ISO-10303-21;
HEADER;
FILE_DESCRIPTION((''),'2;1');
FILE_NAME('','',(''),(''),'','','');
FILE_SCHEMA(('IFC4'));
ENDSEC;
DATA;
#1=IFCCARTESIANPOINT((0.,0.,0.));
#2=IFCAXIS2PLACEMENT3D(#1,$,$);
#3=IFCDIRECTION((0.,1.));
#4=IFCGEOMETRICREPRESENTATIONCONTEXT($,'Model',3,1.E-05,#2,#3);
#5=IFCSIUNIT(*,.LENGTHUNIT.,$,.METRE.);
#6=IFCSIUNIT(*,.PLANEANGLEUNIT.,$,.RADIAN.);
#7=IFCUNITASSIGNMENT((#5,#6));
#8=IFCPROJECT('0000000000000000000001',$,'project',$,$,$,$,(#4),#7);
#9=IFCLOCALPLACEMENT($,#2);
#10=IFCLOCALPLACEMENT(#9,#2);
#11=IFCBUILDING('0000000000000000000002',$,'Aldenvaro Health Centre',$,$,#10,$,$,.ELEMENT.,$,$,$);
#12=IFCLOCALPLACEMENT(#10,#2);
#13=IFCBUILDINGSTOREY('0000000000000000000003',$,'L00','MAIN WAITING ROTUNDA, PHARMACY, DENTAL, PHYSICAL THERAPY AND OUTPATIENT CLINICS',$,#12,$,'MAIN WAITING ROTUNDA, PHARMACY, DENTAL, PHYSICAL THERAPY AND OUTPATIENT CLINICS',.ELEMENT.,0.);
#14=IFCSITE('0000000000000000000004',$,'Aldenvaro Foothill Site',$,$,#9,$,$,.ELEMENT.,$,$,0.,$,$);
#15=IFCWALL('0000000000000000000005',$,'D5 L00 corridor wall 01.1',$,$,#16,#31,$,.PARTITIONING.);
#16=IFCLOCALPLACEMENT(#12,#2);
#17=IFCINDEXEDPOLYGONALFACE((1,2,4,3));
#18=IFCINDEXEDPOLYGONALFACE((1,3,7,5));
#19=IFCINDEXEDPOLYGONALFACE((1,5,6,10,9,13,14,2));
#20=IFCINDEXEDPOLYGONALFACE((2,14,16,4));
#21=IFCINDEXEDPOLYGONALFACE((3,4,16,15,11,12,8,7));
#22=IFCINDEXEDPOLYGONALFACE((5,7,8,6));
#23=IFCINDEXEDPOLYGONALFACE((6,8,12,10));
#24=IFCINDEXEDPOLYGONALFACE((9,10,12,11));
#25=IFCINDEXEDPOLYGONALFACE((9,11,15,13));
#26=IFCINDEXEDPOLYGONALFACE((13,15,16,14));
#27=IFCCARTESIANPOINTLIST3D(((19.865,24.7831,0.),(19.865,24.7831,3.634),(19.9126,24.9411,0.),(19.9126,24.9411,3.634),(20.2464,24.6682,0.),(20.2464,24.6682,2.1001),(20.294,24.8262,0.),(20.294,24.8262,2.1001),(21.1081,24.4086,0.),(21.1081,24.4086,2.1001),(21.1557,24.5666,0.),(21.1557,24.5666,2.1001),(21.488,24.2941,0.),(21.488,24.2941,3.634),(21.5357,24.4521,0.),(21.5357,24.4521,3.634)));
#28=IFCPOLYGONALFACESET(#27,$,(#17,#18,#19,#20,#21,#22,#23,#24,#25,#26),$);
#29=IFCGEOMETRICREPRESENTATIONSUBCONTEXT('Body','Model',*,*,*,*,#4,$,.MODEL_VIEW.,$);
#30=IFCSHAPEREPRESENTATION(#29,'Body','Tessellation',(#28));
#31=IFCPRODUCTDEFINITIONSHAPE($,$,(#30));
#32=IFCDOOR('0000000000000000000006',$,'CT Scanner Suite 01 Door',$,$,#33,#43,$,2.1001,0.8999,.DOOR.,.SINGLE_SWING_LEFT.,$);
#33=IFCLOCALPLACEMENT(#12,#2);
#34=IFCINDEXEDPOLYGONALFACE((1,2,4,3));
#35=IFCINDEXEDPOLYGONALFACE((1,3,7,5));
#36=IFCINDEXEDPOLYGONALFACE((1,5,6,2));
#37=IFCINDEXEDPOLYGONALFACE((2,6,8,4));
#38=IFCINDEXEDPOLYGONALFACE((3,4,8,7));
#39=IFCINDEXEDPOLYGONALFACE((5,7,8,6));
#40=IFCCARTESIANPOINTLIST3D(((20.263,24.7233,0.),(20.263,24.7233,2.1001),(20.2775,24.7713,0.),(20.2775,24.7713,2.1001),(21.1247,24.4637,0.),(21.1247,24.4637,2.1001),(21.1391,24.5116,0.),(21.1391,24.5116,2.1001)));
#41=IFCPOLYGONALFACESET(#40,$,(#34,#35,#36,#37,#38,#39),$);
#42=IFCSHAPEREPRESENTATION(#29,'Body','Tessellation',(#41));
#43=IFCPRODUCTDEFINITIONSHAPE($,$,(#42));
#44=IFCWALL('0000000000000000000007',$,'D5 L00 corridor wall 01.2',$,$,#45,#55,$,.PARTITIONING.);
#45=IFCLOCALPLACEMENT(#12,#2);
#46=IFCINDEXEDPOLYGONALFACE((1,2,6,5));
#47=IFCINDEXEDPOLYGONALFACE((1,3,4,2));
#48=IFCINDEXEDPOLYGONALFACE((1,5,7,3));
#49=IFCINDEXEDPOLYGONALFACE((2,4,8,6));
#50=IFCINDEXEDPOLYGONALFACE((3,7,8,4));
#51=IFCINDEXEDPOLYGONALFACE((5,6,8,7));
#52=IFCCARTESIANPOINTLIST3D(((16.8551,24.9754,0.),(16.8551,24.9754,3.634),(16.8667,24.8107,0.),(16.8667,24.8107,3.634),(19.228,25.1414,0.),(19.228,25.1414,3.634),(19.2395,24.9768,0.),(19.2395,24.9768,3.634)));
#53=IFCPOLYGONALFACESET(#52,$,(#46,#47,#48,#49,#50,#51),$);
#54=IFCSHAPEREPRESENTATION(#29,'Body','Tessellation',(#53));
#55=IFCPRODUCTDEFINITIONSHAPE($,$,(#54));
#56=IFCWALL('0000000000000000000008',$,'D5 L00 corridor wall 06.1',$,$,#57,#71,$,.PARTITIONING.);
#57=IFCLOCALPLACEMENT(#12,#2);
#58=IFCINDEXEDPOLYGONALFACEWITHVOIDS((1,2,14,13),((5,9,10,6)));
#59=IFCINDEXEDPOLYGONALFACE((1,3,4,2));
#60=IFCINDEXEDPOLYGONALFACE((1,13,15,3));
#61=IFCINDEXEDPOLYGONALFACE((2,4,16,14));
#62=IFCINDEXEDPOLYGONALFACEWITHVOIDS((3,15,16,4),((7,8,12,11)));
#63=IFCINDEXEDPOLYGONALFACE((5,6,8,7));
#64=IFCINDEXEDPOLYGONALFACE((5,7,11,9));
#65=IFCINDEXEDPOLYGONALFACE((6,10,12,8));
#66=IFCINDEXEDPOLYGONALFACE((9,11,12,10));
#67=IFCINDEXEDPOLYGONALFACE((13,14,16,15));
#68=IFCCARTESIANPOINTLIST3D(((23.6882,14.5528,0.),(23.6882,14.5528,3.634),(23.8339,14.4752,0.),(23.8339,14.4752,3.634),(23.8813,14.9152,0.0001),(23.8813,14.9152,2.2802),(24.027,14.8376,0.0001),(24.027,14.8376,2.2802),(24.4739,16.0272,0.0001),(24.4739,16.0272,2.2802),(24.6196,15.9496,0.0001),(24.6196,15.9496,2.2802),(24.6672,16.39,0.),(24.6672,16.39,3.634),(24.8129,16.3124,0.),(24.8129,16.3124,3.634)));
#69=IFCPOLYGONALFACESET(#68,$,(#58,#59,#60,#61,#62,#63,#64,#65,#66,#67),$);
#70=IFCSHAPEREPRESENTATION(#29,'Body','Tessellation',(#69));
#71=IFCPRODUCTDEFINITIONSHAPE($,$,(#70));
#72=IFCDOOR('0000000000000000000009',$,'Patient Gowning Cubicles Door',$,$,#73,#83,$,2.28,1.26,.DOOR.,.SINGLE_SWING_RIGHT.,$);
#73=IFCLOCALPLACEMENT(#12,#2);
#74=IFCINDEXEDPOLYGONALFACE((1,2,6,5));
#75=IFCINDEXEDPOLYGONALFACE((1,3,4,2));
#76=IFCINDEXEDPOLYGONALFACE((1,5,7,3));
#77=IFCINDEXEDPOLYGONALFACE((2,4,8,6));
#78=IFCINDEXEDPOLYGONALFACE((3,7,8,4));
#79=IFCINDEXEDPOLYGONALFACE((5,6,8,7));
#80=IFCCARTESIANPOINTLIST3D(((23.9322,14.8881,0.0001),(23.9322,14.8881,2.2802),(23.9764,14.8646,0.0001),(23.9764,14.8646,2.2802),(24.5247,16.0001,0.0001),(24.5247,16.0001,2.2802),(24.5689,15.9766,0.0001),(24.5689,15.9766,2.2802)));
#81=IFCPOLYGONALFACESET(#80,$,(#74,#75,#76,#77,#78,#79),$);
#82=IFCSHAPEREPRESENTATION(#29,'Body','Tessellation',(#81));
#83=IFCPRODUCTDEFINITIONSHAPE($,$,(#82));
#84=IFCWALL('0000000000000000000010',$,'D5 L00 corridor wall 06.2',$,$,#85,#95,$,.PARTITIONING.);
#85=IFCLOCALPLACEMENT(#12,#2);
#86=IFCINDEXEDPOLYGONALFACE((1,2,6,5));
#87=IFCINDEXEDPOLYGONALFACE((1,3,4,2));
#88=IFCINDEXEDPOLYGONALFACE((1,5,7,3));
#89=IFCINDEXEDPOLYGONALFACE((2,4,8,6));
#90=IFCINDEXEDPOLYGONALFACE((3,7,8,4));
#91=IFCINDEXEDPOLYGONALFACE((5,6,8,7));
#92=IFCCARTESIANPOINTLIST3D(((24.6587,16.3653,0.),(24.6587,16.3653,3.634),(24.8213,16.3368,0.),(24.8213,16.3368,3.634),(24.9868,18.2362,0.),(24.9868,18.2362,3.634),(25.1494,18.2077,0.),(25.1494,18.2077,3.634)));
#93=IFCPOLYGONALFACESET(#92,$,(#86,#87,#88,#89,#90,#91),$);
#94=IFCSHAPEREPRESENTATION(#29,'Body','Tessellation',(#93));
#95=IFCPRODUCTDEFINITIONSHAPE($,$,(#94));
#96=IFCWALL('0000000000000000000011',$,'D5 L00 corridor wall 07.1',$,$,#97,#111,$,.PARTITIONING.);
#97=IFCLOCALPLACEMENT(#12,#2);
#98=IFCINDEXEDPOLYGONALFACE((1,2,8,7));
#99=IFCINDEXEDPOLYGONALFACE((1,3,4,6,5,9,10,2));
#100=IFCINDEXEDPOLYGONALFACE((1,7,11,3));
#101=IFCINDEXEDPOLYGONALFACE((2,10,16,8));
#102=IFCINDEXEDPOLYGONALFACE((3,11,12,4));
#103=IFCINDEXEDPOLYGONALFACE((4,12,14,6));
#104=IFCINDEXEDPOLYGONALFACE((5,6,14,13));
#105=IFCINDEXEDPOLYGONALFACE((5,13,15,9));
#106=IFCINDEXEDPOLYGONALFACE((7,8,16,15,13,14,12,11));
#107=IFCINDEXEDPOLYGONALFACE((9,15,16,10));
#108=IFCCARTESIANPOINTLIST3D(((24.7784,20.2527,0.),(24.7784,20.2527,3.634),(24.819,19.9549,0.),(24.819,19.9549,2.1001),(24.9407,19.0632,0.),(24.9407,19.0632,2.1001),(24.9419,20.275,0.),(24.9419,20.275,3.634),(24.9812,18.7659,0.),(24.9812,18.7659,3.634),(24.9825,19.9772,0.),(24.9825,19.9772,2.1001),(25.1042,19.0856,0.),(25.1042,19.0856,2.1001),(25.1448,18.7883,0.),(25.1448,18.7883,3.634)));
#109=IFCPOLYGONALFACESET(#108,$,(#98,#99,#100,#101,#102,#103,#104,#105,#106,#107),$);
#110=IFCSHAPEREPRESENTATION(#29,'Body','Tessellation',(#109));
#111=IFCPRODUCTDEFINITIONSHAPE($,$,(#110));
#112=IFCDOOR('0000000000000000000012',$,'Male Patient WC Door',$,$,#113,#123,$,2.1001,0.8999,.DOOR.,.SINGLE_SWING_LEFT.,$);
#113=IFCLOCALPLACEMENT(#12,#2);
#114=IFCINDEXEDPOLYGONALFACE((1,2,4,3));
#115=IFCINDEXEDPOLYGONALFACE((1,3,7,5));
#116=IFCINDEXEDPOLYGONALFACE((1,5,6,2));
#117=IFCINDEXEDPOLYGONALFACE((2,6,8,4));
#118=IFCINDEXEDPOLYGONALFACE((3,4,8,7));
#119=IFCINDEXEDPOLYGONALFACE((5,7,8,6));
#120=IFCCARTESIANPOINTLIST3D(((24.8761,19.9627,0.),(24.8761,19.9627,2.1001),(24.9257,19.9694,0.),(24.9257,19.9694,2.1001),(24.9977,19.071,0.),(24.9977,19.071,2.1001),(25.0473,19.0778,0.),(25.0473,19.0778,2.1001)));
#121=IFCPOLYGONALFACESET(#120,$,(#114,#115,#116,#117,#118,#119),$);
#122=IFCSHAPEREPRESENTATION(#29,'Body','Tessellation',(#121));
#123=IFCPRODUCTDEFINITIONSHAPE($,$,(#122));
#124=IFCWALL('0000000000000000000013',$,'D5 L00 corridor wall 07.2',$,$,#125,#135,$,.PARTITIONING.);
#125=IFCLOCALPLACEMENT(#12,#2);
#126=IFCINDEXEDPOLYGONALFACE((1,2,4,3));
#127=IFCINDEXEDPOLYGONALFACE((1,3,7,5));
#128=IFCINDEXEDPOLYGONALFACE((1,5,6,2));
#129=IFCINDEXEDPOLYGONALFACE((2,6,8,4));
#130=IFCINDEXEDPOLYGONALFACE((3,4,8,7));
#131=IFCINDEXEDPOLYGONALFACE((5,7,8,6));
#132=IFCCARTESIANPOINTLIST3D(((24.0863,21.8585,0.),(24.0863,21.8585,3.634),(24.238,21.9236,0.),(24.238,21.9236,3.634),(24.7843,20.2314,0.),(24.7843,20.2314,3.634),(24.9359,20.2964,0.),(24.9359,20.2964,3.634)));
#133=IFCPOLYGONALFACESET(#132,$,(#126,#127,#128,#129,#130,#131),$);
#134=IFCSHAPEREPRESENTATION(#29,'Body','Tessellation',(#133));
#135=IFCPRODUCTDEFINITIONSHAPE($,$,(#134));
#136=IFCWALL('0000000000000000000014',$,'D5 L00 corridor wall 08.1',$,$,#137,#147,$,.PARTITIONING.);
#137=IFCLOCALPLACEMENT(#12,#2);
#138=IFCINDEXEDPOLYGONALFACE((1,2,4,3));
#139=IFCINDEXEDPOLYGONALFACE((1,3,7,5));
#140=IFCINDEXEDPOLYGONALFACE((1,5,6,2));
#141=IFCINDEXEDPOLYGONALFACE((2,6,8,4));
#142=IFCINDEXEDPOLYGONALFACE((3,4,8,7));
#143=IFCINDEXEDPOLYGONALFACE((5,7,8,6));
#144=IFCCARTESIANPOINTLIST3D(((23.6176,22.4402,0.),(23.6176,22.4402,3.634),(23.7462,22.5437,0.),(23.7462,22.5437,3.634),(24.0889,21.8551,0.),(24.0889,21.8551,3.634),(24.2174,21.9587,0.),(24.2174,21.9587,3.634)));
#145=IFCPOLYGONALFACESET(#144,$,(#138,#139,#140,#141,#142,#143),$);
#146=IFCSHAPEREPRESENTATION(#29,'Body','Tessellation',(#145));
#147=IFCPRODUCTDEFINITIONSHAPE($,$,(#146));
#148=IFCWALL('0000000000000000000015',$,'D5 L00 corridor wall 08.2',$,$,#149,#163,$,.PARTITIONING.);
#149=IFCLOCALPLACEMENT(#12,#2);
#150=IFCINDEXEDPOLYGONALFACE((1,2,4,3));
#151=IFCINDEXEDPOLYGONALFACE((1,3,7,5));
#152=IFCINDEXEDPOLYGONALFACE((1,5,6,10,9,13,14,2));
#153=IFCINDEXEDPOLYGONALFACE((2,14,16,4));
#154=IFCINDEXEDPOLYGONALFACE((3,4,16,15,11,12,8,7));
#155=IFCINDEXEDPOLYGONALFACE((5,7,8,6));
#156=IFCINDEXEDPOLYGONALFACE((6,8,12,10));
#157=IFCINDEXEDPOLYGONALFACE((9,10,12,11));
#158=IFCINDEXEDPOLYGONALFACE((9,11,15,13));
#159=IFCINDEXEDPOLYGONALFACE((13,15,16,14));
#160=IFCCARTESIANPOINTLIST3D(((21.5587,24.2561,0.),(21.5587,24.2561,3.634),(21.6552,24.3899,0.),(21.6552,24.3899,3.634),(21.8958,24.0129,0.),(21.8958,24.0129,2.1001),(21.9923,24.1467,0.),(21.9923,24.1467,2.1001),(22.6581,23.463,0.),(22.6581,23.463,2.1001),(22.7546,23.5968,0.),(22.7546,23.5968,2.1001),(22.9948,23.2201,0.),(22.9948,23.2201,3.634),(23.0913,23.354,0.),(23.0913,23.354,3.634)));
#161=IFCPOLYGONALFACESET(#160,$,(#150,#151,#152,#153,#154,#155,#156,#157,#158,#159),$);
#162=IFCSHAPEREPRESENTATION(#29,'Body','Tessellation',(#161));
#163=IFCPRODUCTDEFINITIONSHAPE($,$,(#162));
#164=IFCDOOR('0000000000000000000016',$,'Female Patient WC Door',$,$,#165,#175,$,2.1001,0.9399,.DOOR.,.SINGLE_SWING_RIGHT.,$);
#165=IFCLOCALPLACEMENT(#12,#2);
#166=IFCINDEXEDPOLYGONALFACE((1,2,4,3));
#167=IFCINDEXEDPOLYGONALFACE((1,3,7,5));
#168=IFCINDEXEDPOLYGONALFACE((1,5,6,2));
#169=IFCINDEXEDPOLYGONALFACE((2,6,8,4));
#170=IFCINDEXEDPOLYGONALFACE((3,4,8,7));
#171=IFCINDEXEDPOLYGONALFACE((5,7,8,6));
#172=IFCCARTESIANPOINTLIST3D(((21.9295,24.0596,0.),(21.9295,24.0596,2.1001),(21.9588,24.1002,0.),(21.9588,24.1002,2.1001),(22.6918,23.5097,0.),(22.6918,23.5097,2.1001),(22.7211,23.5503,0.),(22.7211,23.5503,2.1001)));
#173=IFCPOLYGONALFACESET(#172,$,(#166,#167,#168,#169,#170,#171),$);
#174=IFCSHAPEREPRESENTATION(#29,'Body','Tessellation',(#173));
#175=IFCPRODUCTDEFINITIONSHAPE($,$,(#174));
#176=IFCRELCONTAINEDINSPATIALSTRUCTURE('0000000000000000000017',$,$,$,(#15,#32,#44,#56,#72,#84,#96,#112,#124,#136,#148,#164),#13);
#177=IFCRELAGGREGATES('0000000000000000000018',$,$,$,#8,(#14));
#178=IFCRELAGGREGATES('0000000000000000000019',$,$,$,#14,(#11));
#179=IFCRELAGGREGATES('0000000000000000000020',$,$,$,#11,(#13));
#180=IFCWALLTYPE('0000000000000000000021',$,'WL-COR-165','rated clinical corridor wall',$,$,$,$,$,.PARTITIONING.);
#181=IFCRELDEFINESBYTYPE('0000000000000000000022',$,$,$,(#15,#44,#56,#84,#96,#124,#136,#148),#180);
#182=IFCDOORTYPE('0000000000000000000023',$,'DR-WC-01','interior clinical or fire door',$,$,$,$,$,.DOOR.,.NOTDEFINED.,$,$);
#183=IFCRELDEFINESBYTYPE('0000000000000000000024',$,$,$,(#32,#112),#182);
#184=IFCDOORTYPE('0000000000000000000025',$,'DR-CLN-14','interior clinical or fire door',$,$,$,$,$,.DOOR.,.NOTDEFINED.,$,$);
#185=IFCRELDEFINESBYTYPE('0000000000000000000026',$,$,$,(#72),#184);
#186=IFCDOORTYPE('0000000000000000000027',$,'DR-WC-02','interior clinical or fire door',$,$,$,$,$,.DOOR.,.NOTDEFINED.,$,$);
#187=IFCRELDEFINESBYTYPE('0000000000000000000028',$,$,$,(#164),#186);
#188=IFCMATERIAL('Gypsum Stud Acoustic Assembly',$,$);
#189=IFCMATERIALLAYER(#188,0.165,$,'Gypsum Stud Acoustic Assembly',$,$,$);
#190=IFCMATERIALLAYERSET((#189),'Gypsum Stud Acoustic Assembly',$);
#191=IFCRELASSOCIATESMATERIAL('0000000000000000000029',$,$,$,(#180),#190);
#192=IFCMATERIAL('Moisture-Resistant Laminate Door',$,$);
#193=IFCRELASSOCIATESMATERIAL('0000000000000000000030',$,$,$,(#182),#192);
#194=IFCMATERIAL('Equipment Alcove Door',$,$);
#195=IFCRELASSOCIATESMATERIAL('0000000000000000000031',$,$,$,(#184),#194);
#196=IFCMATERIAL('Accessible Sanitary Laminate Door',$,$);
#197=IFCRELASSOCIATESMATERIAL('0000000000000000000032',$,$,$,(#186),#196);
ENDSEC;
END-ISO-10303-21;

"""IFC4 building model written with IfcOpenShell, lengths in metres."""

from ifc_helpers import new_model, si_unit, direction, frame, frame_2d, origin, place, context, subcontext, project, spatial, rectangle, extrude, material, layer, layer_set, type_object, element, fill, save


model = new_model("IFC4")

# Units and contexts
model_context = context("Model", 3, precision=1e-05, world=origin(), true_north=direction((0.0, 1.0)))
body_context = subcontext(model_context, "Body", "Model", "MODEL_VIEW")
ifc_project = project(units=[si_unit("LENGTHUNIT", "METRE"), si_unit("PLANEANGLEUNIT", "RADIAN")], contexts=[model_context])

# Site, building, storey
site_placement = place(None, origin())
site = spatial("IfcSite", under=ifc_project, at=site_placement, Name="Aldenvaro Foothill Site", CompositionType="ELEMENT", RefElevation=0.0)
building_placement = place(site_placement, origin())
building = spatial("IfcBuilding", under=site, at=building_placement, Name="Aldenvaro Health Centre", CompositionType="ELEMENT")
storey_placement = place(building_placement, origin())
storey = spatial("IfcBuildingStorey", under=building, at=storey_placement, Name="L00", Description="MAIN WAITING ROTUNDA, PHARMACY, DENTAL, PHYSICAL THERAPY AND OUTPATIENT CLINICS", LongName="MAIN WAITING ROTUNDA, PHARMACY, DENTAL, PHYSICAL THERAPY AND OUTPATIENT CLINICS", CompositionType="ELEMENT", Elevation=0.0)

# Shared definitions
ifc_material_1 = material(Name="Gypsum Stud Acoustic Assembly")

# Wall, opening, door
ifc_layer_1 = layer(ifc_material_1, 0.165, Name="Gypsum Stud Acoustic Assembly")
ifc_layer_set_1 = layer_set([ifc_layer_1], Name="Gypsum Stud Acoustic Assembly")
wall_type_1 = type_object("IfcWallType", Name="WL-COR-165", Description="rated clinical corridor wall", PredefinedType="PARTITIONING", material=ifc_layer_set_1)
wall_1_placement = place(storey_placement, frame((21.512, 24.373, 0.0), z_axis=(0.0, 0.0, 1.0), x_axis=(-0.957485, 0.288484, 0.0)))
wall_1 = element("IfcWall", 1, at=wall_1_placement, inside=storey, type_object=wall_type_1, Name="D5 L00 corridor wall 01.1", PredefinedType="PARTITIONING", context=body_context, shape_type="SweptSolid", body=[
    extrude(rectangle(XDim=1.6951, YDim=0.165, at=frame_2d((0.8477, 0.0))), origin(), (0.0, 0.0, 1.0), 3.634),
])
opening_1_placement = place(wall_1_placement, frame((0.397, 0.0, 0.0)))
opening_1 = element("IfcOpeningElement", 2, at=opening_1_placement, cuts=wall_1, PredefinedType="OPENING", context=body_context, shape_type="SweptSolid", body=[
    extrude(rectangle(XDim=0.8999, YDim=2.1001, at=frame_2d((0.45, 1.05))), frame((0.0, 0.0925, 0.0), z_axis=(0.0, -1.0, 0.0), x_axis=(1.0, 0.0, 0.0)), (0.0, 0.0, 1.0), 0.1851),
])
ifc_material_2 = material(Name="Moisture-Resistant Laminate Door")
door_type_1 = type_object("IfcDoorType", Name="DR-WC-01", Description="interior clinical or fire door", OperationType="NOTDEFINED", PredefinedType="DOOR", material=ifc_material_2)
door_1_placement = place(opening_1_placement, origin())
door_1 = element("IfcDoor", 3, at=door_1_placement, inside=storey, type_object=door_type_1, Name="CT Scanner Suite 01 Door", OperationType="SINGLE_SWING_LEFT", OverallHeight=2.1001, OverallWidth=0.8999, PredefinedType="DOOR", context=body_context, shape_type="SweptSolid", body=[
    extrude(rectangle(XDim=0.8999, YDim=2.1001, at=frame_2d((0.45, 1.05))), frame((0.0, 0.0249, 0.0), z_axis=(0.0, -1.0, 0.0), x_axis=(1.0, 0.0, 0.0)), (0.0, 0.0, 1.0), 0.05),
])
fill(opening_1, door_1)

# Wall
wall_2_placement = place(storey_placement, frame((19.2339, 25.0591, 0.0), z_axis=(0.0, 0.0, 1.0), x_axis=(-0.997561, -0.069795, 0.0)))
element("IfcWall", 4, at=wall_2_placement, inside=storey, type_object=wall_type_1, Name="D5 L00 corridor wall 01.2", PredefinedType="PARTITIONING", context=body_context, shape_type="SweptSolid", body=[
    extrude(rectangle(XDim=2.3787, YDim=0.165, at=frame_2d((1.1895, 0.0))), origin(), (0.0, 0.0, 1.0), 3.634),
])

# Wall, opening, door
wall_3_placement = place(storey_placement, frame((23.761, 14.5139, 0.0), z_axis=(0.0, 0.0, 1.0), x_axis=(0.470284, 0.882515, 0.0)))
wall_3 = element("IfcWall", 5, at=wall_3_placement, inside=storey, type_object=wall_type_1, Name="D5 L00 corridor wall 06.1", PredefinedType="PARTITIONING", context=body_context, shape_type="SweptSolid", body=[
    extrude(rectangle(XDim=2.0818, YDim=0.165, at=frame_2d((1.041, 0.0))), origin(), (0.0, 0.0, 1.0), 3.634),
])
opening_2_placement = place(wall_3_placement, frame((0.4109, 0.0, 0.0)))
opening_2 = element("IfcOpeningElement", 6, at=opening_2_placement, cuts=wall_3, PredefinedType="OPENING", context=body_context, shape_type="SweptSolid", body=[
    extrude(rectangle(XDim=1.26, YDim=2.28, at=frame_2d((0.6299, 1.1401))), frame((0.0, 0.0925, 0.0), z_axis=(0.0, -1.0, 0.0), x_axis=(1.0, 0.0, 0.0)), (0.0, 0.0, 1.0), 0.1851),
])
ifc_material_3 = material(Name="Equipment Alcove Door")
door_type_2 = type_object("IfcDoorType", Name="DR-CLN-14", Description="interior clinical or fire door", OperationType="NOTDEFINED", PredefinedType="DOOR", material=ifc_material_3)
door_2_placement = place(opening_2_placement, origin())
door_2 = element("IfcDoor", 7, at=door_2_placement, inside=storey, type_object=door_type_2, Name="Patient Gowning Cubicles Door", OperationType="SINGLE_SWING_RIGHT", OverallHeight=2.28, OverallWidth=1.26, PredefinedType="DOOR", context=body_context, shape_type="SweptSolid", body=[
    extrude(rectangle(XDim=1.26, YDim=2.28, at=frame_2d((0.6299, 1.1401))), frame((0.0, 0.0249, 0.0), z_axis=(0.0, -1.0, 0.0), x_axis=(1.0, 0.0, 0.0)), (0.0, 0.0, 1.0), 0.05),
])
fill(opening_2, door_2)

# Wall
wall_4_placement = place(storey_placement, frame((24.74, 16.3511, 0.0), z_axis=(0.0, 0.0, 1.0), x_axis=(0.172751, 0.984965, 0.0)))
element("IfcWall", 8, at=wall_4_placement, inside=storey, type_object=wall_type_1, Name="D5 L00 corridor wall 06.2", PredefinedType="PARTITIONING", context=body_context, shape_type="SweptSolid", body=[
    extrude(rectangle(XDim=1.8994, YDim=0.165, at=frame_2d((0.9497, 0.0))), origin(), (0.0, 0.0, 1.0), 3.634),
])

# Wall, opening, door
wall_5_placement = place(storey_placement, frame((25.063, 18.7771, 0.0), z_axis=(0.0, 0.0, 1.0), x_axis=(-0.1352, 0.990818, 0.0)))
wall_5 = element("IfcWall", 9, at=wall_5_placement, inside=storey, type_object=wall_type_1, Name="D5 L00 corridor wall 07.1", PredefinedType="PARTITIONING", context=body_context, shape_type="SweptSolid", body=[
    extrude(rectangle(XDim=1.5005, YDim=0.165, at=frame_2d((0.7502, 0.0))), origin(), (0.0, 0.0, 1.0), 3.634),
])
opening_3_placement = place(wall_5_placement, frame((0.3, 0.0, 0.0)))
opening_3 = element("IfcOpeningElement", 10, at=opening_3_placement, cuts=wall_5, PredefinedType="OPENING", context=body_context, shape_type="SweptSolid", body=[
    extrude(rectangle(XDim=0.8999, YDim=2.1001, at=frame_2d((0.45, 1.05))), frame((0.0, 0.0925, 0.0), z_axis=(0.0, -1.0, 0.0), x_axis=(1.0, 0.0, 0.0)), (0.0, 0.0, 1.0), 0.1851),
])
door_3_placement = place(opening_3_placement, origin())
door_3 = element("IfcDoor", 11, at=door_3_placement, inside=storey, type_object=door_type_1, Name="Male Patient WC Door", OperationType="SINGLE_SWING_LEFT", OverallHeight=2.1001, OverallWidth=0.8999, PredefinedType="DOOR", context=body_context, shape_type="SweptSolid", body=[
    extrude(rectangle(XDim=0.8999, YDim=2.1001, at=frame_2d((0.45, 1.05))), frame((0.0, 0.0249, 0.0), z_axis=(0.0, -1.0, 0.0), x_axis=(1.0, 0.0, 0.0)), (0.0, 0.0, 1.0), 0.05),
])
fill(opening_3, door_3)

# Walls
wall_6_placement = place(storey_placement, frame((24.8601, 20.2639, 0.0), z_axis=(0.0, 0.0, 1.0), x_axis=(-0.394219, 0.919017, 0.0)))
element("IfcWall", 12, at=wall_6_placement, inside=storey, type_object=wall_type_1, Name="D5 L00 corridor wall 07.2", PredefinedType="PARTITIONING", context=body_context, shape_type="SweptSolid", body=[
    extrude(rectangle(XDim=1.7705, YDim=0.165, at=frame_2d((0.8853, 0.0))), origin(), (0.0, 0.0, 1.0), 3.634),
])
wall_7_placement = place(storey_placement, frame((24.1531, 21.907, 0.0), z_axis=(0.0, 0.0, 1.0), x_axis=(-0.627308, 0.778772, 0.0)))
element("IfcWall", 13, at=wall_7_placement, inside=storey, type_object=wall_type_1, Name="D5 L00 corridor wall 08.1", PredefinedType="PARTITIONING", context=body_context, shape_type="SweptSolid", body=[
    extrude(rectangle(XDim=0.7512, YDim=0.165, at=frame_2d((0.3755, 0.0))), origin(), (0.0, 0.0, 1.0), 3.634),
])

# Wall, opening, door
wall_8_placement = place(storey_placement, frame((23.043, 23.2871, 0.0), z_axis=(0.0, 0.0, 1.0), x_axis=(-0.811014, 0.585027, 0.0)))
wall_8 = element("IfcWall", 14, at=wall_8_placement, inside=storey, type_object=wall_type_1, Name="D5 L00 corridor wall 08.2", PredefinedType="PARTITIONING", context=body_context, shape_type="SweptSolid", body=[
    extrude(rectangle(XDim=1.7708, YDim=0.165, at=frame_2d((0.8853, 0.0))), origin(), (0.0, 0.0, 1.0), 3.634),
])
opening_4_placement = place(wall_8_placement, frame((0.415, 0.0, 0.0)))
opening_4 = element("IfcOpeningElement", 15, at=opening_4_placement, cuts=wall_8, PredefinedType="OPENING", context=body_context, shape_type="SweptSolid", body=[
    extrude(rectangle(XDim=0.9399, YDim=2.1001, at=frame_2d((0.47, 1.05))), frame((0.0, 0.0925, 0.0), z_axis=(0.0, -1.0, 0.0), x_axis=(1.0, 0.0, 0.0)), (0.0, 0.0, 1.0), 0.1851),
])
ifc_material_4 = material(Name="Accessible Sanitary Laminate Door")
door_type_3 = type_object("IfcDoorType", Name="DR-WC-02", Description="interior clinical or fire door", OperationType="NOTDEFINED", PredefinedType="DOOR", material=ifc_material_4)
door_4_placement = place(opening_4_placement, origin())
door_4 = element("IfcDoor", 16, at=door_4_placement, inside=storey, type_object=door_type_3, Name="Female Patient WC Door", OperationType="SINGLE_SWING_RIGHT", OverallHeight=2.1001, OverallWidth=0.9399, PredefinedType="DOOR", context=body_context, shape_type="SweptSolid", body=[
    extrude(rectangle(XDim=0.9399, YDim=2.1001, at=frame_2d((0.47, 1.05))), frame((0.0, 0.0249, 0.0), z_axis=(0.0, -1.0, 0.0), x_axis=(1.0, 0.0, 0.0)), (0.0, 0.0, 1.0), 0.05),
])
fill(opening_4, door_4)

save(model, "model.ifc")
